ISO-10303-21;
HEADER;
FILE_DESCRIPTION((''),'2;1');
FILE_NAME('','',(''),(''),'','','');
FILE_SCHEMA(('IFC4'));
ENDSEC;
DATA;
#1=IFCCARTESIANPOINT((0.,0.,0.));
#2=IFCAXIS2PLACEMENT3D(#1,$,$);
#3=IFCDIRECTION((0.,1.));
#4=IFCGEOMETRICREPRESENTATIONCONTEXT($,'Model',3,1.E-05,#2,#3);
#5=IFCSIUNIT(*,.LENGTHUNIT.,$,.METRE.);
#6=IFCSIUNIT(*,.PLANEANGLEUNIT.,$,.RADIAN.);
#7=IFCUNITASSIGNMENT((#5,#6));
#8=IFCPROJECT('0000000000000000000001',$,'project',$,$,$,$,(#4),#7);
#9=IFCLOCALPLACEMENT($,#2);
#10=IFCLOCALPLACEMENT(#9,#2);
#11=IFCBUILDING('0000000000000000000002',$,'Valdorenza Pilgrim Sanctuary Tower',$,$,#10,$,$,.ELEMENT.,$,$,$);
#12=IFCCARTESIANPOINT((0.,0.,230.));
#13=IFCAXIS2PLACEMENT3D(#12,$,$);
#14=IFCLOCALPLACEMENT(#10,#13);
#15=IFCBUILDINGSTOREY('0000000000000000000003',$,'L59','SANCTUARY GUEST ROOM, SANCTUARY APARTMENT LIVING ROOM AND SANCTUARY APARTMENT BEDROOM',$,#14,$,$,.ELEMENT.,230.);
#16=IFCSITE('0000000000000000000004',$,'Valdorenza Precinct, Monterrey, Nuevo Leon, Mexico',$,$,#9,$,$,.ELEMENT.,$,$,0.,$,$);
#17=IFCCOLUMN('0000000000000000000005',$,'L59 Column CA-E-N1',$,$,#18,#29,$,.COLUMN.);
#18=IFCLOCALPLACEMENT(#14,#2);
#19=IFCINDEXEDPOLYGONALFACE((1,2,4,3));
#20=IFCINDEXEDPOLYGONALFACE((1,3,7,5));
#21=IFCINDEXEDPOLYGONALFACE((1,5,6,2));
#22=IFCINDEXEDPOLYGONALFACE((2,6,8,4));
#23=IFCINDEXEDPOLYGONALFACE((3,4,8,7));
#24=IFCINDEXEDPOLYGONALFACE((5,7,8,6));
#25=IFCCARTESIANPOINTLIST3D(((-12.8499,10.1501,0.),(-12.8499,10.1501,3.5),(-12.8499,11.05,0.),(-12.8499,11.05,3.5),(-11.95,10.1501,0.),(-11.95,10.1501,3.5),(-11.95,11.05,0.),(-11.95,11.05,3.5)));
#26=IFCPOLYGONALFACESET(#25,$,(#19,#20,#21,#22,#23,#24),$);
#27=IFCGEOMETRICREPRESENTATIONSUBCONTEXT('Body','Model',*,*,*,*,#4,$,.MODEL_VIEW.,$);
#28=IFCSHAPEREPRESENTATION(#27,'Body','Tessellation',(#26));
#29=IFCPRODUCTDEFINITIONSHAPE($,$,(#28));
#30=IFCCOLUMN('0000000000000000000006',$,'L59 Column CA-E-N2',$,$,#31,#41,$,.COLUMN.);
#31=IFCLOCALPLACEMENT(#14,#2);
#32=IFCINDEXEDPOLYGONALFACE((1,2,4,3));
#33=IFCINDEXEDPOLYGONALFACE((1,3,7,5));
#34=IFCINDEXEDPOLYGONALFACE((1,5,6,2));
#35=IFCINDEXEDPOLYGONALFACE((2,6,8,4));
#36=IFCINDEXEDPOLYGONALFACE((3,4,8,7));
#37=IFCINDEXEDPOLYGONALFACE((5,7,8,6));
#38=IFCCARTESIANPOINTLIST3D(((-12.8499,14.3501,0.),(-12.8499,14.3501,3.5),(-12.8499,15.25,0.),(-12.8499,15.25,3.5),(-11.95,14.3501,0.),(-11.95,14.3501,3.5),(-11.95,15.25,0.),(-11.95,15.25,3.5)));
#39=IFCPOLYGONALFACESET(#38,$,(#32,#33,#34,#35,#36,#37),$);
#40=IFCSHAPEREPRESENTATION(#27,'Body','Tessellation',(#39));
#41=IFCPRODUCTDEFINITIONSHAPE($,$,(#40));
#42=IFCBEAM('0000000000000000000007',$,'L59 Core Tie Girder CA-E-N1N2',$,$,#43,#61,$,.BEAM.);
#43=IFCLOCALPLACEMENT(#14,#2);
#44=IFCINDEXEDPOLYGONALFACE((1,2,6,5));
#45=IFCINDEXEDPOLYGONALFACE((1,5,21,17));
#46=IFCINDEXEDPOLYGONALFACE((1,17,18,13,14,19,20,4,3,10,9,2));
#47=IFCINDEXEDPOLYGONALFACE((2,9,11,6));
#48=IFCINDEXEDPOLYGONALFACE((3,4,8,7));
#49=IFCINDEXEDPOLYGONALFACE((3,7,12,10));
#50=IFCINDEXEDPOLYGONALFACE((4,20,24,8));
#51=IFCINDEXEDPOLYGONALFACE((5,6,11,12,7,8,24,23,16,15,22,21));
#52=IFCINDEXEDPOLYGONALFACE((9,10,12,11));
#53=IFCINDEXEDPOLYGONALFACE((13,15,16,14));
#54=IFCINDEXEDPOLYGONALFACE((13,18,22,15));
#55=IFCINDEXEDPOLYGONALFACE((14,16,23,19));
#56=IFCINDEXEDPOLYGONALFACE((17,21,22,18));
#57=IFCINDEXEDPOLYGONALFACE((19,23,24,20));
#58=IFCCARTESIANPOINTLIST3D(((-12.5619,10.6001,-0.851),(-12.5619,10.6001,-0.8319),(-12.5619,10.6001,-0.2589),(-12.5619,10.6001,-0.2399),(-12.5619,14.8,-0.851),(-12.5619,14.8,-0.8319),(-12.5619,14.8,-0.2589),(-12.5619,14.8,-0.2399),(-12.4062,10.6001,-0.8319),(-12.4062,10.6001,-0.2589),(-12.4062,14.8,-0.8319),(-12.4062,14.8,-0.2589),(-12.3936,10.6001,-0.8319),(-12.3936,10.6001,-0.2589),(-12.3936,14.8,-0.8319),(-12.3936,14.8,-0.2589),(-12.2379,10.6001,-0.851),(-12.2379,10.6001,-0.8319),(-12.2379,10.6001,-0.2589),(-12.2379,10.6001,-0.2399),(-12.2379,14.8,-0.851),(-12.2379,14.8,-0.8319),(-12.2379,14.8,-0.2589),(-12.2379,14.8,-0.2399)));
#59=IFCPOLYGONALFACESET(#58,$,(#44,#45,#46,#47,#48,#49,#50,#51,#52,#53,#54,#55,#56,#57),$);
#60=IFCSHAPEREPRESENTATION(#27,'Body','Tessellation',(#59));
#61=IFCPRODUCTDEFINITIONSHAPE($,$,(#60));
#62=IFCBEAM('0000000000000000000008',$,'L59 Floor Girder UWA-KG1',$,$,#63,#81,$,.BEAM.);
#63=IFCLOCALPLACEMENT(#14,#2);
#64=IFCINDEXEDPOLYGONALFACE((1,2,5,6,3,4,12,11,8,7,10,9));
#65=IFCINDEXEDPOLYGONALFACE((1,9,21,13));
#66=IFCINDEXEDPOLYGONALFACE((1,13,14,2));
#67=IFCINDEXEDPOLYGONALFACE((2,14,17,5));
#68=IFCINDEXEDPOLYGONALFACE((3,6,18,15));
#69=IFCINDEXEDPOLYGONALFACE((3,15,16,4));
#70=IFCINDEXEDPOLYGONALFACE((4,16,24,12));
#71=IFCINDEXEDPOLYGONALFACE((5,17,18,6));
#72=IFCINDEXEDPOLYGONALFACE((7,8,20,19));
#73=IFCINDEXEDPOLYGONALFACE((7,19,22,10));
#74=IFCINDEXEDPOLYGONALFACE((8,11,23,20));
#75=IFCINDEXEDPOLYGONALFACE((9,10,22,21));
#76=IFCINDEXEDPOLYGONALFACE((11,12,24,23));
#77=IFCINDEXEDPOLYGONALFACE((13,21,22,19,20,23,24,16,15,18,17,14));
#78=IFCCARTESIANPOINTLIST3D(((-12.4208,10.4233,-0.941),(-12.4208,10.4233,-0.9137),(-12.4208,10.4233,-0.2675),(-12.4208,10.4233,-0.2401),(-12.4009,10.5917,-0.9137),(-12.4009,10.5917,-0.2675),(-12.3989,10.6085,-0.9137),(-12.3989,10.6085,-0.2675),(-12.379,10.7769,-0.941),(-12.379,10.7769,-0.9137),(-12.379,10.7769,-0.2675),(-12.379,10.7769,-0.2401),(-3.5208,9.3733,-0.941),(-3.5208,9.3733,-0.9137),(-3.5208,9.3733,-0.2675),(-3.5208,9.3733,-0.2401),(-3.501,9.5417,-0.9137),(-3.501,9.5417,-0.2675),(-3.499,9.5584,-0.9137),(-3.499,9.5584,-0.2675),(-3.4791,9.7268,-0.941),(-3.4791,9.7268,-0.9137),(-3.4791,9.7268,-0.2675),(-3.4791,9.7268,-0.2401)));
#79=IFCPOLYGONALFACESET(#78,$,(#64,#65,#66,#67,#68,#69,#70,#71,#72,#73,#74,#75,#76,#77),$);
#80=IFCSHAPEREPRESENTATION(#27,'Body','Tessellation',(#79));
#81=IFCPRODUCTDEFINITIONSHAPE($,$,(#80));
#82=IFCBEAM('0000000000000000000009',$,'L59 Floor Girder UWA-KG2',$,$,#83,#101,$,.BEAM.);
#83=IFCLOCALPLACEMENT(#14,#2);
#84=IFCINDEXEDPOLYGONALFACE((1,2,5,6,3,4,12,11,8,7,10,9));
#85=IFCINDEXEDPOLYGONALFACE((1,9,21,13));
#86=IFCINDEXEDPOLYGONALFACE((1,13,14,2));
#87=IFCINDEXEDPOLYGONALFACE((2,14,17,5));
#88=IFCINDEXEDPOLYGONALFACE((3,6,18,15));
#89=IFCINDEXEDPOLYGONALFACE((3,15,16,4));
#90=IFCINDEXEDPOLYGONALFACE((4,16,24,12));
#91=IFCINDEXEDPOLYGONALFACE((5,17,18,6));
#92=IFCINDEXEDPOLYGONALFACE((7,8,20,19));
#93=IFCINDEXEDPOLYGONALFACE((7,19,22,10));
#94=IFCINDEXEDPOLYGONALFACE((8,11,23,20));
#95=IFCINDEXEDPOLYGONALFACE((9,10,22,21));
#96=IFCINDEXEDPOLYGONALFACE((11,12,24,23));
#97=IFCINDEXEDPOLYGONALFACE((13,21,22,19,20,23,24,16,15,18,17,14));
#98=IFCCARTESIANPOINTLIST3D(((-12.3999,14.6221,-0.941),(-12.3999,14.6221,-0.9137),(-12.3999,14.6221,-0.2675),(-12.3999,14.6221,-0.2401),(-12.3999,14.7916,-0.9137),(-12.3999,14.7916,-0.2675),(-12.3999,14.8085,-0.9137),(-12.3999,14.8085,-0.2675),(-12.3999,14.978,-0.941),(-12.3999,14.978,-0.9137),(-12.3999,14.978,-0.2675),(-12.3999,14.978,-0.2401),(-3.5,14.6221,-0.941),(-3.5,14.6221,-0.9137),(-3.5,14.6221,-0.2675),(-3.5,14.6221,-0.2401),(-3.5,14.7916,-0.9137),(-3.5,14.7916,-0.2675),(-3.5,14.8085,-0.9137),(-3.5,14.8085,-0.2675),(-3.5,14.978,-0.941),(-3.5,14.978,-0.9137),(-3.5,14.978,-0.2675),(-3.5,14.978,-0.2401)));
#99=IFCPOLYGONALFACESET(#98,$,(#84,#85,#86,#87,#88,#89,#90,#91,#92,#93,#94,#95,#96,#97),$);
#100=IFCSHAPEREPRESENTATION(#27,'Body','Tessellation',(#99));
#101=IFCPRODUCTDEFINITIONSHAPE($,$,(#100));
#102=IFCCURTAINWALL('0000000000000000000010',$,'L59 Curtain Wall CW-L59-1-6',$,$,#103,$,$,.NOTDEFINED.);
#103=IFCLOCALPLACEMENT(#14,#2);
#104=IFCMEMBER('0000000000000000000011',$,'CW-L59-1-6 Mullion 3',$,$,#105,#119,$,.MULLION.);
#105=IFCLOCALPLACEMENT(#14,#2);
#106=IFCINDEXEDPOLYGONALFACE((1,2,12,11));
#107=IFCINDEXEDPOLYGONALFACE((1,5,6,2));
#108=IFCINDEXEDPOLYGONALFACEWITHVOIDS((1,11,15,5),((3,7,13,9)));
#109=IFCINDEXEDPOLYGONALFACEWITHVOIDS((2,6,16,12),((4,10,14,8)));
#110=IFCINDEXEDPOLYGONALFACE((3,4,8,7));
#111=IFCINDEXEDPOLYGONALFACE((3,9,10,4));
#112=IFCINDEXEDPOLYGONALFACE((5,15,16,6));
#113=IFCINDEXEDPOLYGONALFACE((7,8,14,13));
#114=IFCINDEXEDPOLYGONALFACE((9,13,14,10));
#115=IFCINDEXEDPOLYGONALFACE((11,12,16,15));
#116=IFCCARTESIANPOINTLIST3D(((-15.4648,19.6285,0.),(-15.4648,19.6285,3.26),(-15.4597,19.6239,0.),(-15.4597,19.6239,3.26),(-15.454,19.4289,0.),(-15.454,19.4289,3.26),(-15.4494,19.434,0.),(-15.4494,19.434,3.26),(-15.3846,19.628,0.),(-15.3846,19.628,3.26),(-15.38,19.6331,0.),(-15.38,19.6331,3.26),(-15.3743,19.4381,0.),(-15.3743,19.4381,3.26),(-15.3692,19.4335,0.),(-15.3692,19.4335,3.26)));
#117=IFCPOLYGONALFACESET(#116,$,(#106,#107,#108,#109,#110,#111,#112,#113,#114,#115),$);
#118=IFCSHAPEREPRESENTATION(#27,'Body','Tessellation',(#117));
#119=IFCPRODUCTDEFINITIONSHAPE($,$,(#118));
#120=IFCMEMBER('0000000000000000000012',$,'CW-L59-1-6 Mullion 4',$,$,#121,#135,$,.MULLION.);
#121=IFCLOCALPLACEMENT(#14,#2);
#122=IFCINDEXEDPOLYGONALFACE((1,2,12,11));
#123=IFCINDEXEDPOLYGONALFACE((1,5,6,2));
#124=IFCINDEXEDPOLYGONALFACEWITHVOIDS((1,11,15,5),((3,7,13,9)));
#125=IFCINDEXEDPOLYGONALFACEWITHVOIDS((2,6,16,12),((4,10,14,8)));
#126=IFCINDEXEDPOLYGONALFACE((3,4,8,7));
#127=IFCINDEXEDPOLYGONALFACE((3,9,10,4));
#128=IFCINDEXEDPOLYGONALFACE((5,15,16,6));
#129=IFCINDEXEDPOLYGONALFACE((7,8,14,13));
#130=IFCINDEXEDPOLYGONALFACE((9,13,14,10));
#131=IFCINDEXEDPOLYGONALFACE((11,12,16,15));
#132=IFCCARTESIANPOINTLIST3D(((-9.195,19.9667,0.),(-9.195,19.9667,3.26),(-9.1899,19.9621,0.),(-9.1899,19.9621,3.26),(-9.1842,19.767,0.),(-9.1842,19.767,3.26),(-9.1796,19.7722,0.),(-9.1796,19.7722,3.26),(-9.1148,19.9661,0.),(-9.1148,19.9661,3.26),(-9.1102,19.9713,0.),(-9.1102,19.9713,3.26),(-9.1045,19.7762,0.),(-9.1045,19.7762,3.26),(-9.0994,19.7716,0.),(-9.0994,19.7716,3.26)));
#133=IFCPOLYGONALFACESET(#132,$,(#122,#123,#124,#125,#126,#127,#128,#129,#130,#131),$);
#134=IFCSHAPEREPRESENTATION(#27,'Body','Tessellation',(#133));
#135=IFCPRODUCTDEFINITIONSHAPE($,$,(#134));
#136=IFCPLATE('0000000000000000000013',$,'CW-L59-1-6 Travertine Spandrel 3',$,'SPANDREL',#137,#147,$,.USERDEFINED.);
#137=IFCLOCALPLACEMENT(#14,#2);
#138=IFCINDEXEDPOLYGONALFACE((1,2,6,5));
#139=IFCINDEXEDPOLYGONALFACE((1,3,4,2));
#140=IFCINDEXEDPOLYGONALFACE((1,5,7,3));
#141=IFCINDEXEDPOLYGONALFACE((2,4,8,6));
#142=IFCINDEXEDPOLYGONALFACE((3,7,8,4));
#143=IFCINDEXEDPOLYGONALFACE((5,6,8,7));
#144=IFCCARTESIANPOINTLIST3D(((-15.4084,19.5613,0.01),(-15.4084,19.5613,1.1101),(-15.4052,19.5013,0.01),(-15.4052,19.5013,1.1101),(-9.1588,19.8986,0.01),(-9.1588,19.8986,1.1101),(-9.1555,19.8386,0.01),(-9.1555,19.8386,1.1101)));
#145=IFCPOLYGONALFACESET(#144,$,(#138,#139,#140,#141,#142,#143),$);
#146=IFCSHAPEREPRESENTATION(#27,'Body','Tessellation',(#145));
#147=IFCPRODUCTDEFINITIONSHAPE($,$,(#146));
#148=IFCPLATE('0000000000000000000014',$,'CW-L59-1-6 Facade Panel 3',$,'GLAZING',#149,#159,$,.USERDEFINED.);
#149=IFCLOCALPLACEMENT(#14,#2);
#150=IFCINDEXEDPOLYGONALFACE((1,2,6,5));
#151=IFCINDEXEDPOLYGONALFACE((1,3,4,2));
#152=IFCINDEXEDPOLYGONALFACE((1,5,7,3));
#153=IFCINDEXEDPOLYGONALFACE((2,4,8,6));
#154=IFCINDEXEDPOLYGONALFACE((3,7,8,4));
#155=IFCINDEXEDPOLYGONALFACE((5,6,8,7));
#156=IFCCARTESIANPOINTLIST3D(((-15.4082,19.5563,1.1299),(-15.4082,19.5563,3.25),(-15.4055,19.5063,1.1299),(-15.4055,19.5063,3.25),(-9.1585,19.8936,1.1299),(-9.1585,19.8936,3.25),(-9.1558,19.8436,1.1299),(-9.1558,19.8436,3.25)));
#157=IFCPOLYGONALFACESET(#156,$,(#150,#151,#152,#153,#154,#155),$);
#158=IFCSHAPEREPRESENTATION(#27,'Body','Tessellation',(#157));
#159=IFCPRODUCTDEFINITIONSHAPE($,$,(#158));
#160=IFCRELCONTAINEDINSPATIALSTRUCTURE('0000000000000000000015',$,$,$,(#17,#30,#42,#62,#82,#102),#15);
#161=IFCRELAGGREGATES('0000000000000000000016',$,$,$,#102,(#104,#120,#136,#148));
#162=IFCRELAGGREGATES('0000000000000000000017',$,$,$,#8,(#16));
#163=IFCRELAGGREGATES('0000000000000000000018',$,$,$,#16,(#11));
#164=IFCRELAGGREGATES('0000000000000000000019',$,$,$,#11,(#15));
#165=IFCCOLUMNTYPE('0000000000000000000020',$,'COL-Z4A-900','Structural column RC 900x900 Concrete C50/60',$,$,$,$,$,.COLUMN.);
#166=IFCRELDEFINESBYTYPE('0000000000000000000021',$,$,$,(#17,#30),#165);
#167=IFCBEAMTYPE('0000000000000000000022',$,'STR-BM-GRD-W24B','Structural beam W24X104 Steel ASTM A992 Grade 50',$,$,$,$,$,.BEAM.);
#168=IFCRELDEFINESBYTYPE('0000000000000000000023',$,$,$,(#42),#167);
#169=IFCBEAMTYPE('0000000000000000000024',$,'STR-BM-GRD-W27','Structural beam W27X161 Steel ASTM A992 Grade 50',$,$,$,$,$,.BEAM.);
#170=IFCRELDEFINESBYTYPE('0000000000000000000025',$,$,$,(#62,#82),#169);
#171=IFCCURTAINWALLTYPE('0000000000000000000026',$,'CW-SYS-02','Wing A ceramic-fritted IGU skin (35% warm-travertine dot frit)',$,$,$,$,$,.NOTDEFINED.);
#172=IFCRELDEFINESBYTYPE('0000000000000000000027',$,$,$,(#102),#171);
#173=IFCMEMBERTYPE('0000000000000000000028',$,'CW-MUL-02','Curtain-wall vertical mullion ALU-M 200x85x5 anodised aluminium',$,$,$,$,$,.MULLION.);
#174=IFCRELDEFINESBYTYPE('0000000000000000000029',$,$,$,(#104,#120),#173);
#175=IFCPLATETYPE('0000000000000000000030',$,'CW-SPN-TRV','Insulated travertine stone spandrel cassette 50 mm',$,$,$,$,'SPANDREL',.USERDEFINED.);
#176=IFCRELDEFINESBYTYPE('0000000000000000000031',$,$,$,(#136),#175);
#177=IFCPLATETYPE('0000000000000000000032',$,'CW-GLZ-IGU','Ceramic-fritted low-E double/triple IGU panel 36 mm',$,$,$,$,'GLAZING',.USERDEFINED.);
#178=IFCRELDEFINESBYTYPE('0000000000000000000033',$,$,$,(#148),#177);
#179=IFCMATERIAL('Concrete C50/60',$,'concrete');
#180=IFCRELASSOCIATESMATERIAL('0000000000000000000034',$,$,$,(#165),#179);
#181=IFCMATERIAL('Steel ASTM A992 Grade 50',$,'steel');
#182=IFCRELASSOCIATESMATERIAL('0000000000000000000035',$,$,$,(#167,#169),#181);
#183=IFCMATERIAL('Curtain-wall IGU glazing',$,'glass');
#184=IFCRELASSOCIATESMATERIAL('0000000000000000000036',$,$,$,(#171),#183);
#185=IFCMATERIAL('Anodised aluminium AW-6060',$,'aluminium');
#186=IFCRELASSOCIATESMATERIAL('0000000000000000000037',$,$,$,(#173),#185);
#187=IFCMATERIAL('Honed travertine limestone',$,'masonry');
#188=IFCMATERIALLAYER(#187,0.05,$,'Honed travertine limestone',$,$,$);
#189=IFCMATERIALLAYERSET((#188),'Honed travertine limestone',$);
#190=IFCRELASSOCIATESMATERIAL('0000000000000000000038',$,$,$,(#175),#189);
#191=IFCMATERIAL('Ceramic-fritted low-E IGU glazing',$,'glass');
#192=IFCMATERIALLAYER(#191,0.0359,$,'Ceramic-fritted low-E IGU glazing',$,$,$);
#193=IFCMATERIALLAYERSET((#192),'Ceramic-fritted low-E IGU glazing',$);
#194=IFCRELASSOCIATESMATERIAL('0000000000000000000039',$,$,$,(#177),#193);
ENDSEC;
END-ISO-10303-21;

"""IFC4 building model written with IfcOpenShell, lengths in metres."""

from ifc_helpers import new_model, si_unit, direction, frame, origin, origin_2d, place, context, subcontext, project, spatial, rectangle, hollow_rectangle, i_section, extrude, source, transform, mapped, material, layer, layer_set, material_profile, profile_set, type_object, element, aggregate, save


model = new_model("IFC4")

# Units and contexts
model_context = context("Model", 3, precision=1e-05, world=origin(), true_north=direction((0.0, 1.0)))
body_context = subcontext(model_context, "Body", "Model", "MODEL_VIEW")
ifc_project = project(units=[si_unit("LENGTHUNIT", "METRE"), si_unit("PLANEANGLEUNIT", "RADIAN")], contexts=[model_context])

# Site, building, storey
site_placement = place(None, origin())
site = spatial("IfcSite", under=ifc_project, at=site_placement, Name="Valdorenza Precinct, Monterrey, Nuevo Leon, Mexico", CompositionType="ELEMENT", RefElevation=0.0)
building_placement = place(site_placement, origin())
building = spatial("IfcBuilding", under=site, at=building_placement, Name="Valdorenza Pilgrim Sanctuary Tower", CompositionType="ELEMENT")
storey_placement = place(building_placement, frame((0.0, 0.0, 230.0)))
storey = spatial("IfcBuildingStorey", under=building, at=storey_placement, Name="L59", Description="SANCTUARY GUEST ROOM, SANCTUARY APARTMENT LIVING ROOM AND SANCTUARY APARTMENT BEDROOM", CompositionType="ELEMENT", Elevation=230.0)

# Columns
ifc_material_1 = material(Name="Concrete C50/60", Category="concrete")
ifc_material_profile_1 = material_profile(ifc_material_1, rectangle(XDim=0.8999, YDim=0.8999, at=origin_2d()), Name="RC 900x900")
ifc_profile_set_1 = profile_set([ifc_material_profile_1], Name="Concrete C50/60")
column_type = type_object("IfcColumnType", Name="COL-Z4A-900", Description="Structural column RC 900x900 Concrete C50/60", PredefinedType="COLUMN", material=ifc_profile_set_1)
shared_shape_1 = source(origin(), body_context, "Body", "SweptSolid", [
    extrude(rectangle(XDim=0.8999, YDim=0.8999, at=origin_2d()), origin(), (0.0, 0.0, 1.0), 3.5),
])
for number, where, z_axis, x_axis, name in (
    (1, (-12.3999, 10.6001, 0.0), (0.0, 0.0, 1.0), (1.0, 0.0, 0.0), "L59 Column CA-E-N1"),
    (2, (-12.3999, 14.8, 0.0), (0.0, 0.0, 1.0), (1.0, 0.0, 0.0), "L59 Column CA-E-N2"),
):
    element("IfcColumn", number, at=place(storey_placement, frame(where, z_axis=z_axis, x_axis=x_axis)), inside=storey, type_object=column_type, Name=name, PredefinedType="COLUMN", context=body_context, shape_type="MappedRepresentation", body=[
        mapped(shared_shape_1, transform((0.0, 0.0, 0.0), x_axis=(1.0, 0.0, 0.0), y_axis=(0.0, 1.0, 0.0), z_axis=(0.0, 0.0, 1.0), scale=1.0)),
    ])

# Beams
ifc_material_2 = material(Name="Steel ASTM A992 Grade 50", Category="steel")
ifc_material_profile_2 = material_profile(ifc_material_2, i_section(OverallWidth=0.324, OverallDepth=0.6111, WebThickness=0.0127, FlangeThickness=0.019, at=origin_2d()), Name="W24X104")
ifc_profile_set_2 = profile_set([ifc_material_profile_2], Name="Steel ASTM A992 Grade 50")
beam_type_1 = type_object("IfcBeamType", Name="STR-BM-GRD-W24B", Description="Structural beam W24X104 Steel ASTM A992 Grade 50", PredefinedType="BEAM", material=ifc_profile_set_2)
shared_shape_2 = source(origin(), body_context, "Body", "SweptSolid", [
    extrude(i_section(OverallWidth=0.324, OverallDepth=0.6111, WebThickness=0.0127, FlangeThickness=0.019, at=origin_2d()), origin(), (0.0, 0.0, 1.0), 4.2),
])
beam_1_placement = place(storey_placement, frame((-12.3999, 10.6001, -0.5454), z_axis=(0.0, 1.0, 0.0), x_axis=(-1.0, 0.0, 0.0)))
element("IfcBeam", 3, at=beam_1_placement, inside=storey, type_object=beam_type_1, Name="L59 Core Tie Girder CA-E-N1N2", PredefinedType="BEAM", context=body_context, shape_type="MappedRepresentation", body=[
    mapped(shared_shape_2, transform((0.0, 0.0, 0.0), x_axis=(1.0, 0.0, 0.0), y_axis=(0.0, 1.0, 0.0), z_axis=(0.0, 0.0, 1.0), scale=1.0)),
])
ifc_material_profile_3 = material_profile(ifc_material_2, i_section(OverallWidth=0.356, OverallDepth=0.7009, WebThickness=0.0168, FlangeThickness=0.0273, at=origin_2d()), Name="W27X161")
ifc_profile_set_3 = profile_set([ifc_material_profile_3], Name="Steel ASTM A992 Grade 50")
beam_type_2 = type_object("IfcBeamType", Name="STR-BM-GRD-W27", Description="Structural beam W27X161 Steel ASTM A992 Grade 50", PredefinedType="BEAM", material=ifc_profile_set_3)
shared_shape_3 = source(origin(), body_context, "Body", "SweptSolid", [
    extrude(i_section(OverallWidth=0.356, OverallDepth=0.7009, WebThickness=0.0168, FlangeThickness=0.0273, at=origin_2d()), origin(), (0.0, 0.0, 1.0), 8.9617),
])
beam_2_placement = place(storey_placement, frame((-12.3999, 10.6001, -0.5906), z_axis=(0.993112, -0.117172, 0.0), x_axis=(0.117172, 0.993112, 0.0)))
element("IfcBeam", 4, at=beam_2_placement, inside=storey, type_object=beam_type_2, Name="L59 Floor Girder UWA-KG1", PredefinedType="BEAM", context=body_context, shape_type="MappedRepresentation", body=[
    mapped(shared_shape_3, transform((0.0, 0.0, 0.0), x_axis=(1.0, 0.0, 0.0), y_axis=(0.0, 1.0, 0.0), z_axis=(0.0, 0.0, 1.0), scale=1.0)),
])
shared_shape_4 = source(origin(), body_context, "Body", "SweptSolid", [
    extrude(i_section(OverallWidth=0.356, OverallDepth=0.7009, WebThickness=0.0168, FlangeThickness=0.0273, at=origin_2d()), origin(), (0.0, 0.0, 1.0), 8.8999),
])
beam_3_placement = place(storey_placement, frame((-12.3999, 14.8, -0.5906), z_axis=(1.0, 0.0, 0.0), x_axis=(0.0, 1.0, 0.0)))
element("IfcBeam", 5, at=beam_3_placement, inside=storey, type_object=beam_type_2, Name="L59 Floor Girder UWA-KG2", PredefinedType="BEAM", context=body_context, shape_type="MappedRepresentation", body=[
    mapped(shared_shape_4, transform((0.0, 0.0, 0.0), x_axis=(1.0, 0.0, 0.0), y_axis=(0.0, 1.0, 0.0), z_axis=(0.0, 0.0, 1.0), scale=1.0)),
])

# Curtain wall, members, plates
ifc_material_3 = material(Name="Curtain-wall IGU glazing", Category="glass")
curtain_wall_type = type_object("IfcCurtainWallType", Name="CW-SYS-02", Description="Wing A ceramic-fritted IGU skin (35% warm-travertine dot frit)", PredefinedType="NOTDEFINED", material=ifc_material_3)
curtain_wall_placement = place(storey_placement, origin())
curtain_wall = element("IfcCurtainWall", 6, at=curtain_wall_placement, inside=storey, type_object=curtain_wall_type, Name="L59 Curtain Wall CW-L59-1-6", PredefinedType="NOTDEFINED")
ifc_material_4 = material(Name="Anodised aluminium AW-6060", Category="aluminium")
ifc_material_profile_4 = material_profile(ifc_material_4, hollow_rectangle(XDim=0.085, YDim=0.2, WallThickness=0.0049, at=origin_2d()), Name="ALU-M 200x85x5")
ifc_profile_set_4 = profile_set([ifc_material_profile_4], Name="Anodised aluminium AW-6060")
member_type = type_object("IfcMemberType", Name="CW-MUL-02", Description="Curtain-wall vertical mullion ALU-M 200x85x5 anodised aluminium", PredefinedType="MULLION", material=ifc_profile_set_4)
shared_shape_5 = source(origin(), body_context, "Body", "SweptSolid", [
    extrude(hollow_rectangle(XDim=0.085, YDim=0.2, WallThickness=0.0049, at=origin_2d()), origin(), (0.0, 0.0, 1.0), 3.26),
])
member_1_placement = place(storey_placement, frame((-15.417, 19.531, 0.0), z_axis=(0.0, 0.0, 1.0), x_axis=(0.998547, 0.053887, 0.0)))
member_1 = element("IfcMember", 7, at=member_1_placement, type_object=member_type, Name="CW-L59-1-6 Mullion 3", PredefinedType="MULLION", context=body_context, shape_type="MappedRepresentation", body=[
    mapped(shared_shape_5, transform((0.0, 0.0, 0.0), x_axis=(1.0, 0.0, 0.0), y_axis=(0.0, 1.0, 0.0), z_axis=(0.0, 0.0, 1.0), scale=1.0)),
])
member_2_placement = place(storey_placement, frame((-9.1472, 19.8691, 0.0), z_axis=(0.0, 0.0, 1.0), x_axis=(0.998547, 0.053887, 0.0)))
member_2 = element("IfcMember", 8, at=member_2_placement, type_object=member_type, Name="CW-L59-1-6 Mullion 4", PredefinedType="MULLION", context=body_context, shape_type="MappedRepresentation", body=[
    mapped(shared_shape_5, transform((0.0, 0.0, 0.0), x_axis=(1.0, 0.0, 0.0), y_axis=(0.0, 1.0, 0.0), z_axis=(0.0, 0.0, 1.0), scale=1.0)),
])
ifc_material_5 = material(Name="Honed travertine limestone", Category="masonry")
ifc_layer_1 = layer(ifc_material_5, 0.05, Name="Honed travertine limestone")
ifc_layer_set_1 = layer_set([ifc_layer_1], Name="Honed travertine limestone")
plate_type_1 = type_object("IfcPlateType", Name="CW-SPN-TRV", Description="Insulated travertine stone spandrel cassette 50 mm", ElementType="SPANDREL", PredefinedType="USERDEFINED", material=ifc_layer_set_1)
shared_shape_6 = source(origin(), body_context, "Body", "SweptSolid", [
    extrude(rectangle(XDim=6.2588, YDim=0.0601, at=origin_2d()), origin(), (0.0, 0.0, 1.0), 1.1001),
])
plate_1_placement = place(storey_placement, frame((-12.282, 19.7, 0.01), z_axis=(0.0, 0.0, 1.0), x_axis=(0.998547, 0.053887, 0.0)))
plate_1 = element("IfcPlate", 9, at=plate_1_placement, type_object=plate_type_1, Name="CW-L59-1-6 Travertine Spandrel 3", ObjectType="SPANDREL", PredefinedType="USERDEFINED", context=body_context, shape_type="MappedRepresentation", body=[
    mapped(shared_shape_6, transform((0.0, 0.0, 0.0), x_axis=(1.0, 0.0, 0.0), y_axis=(0.0, 1.0, 0.0), z_axis=(0.0, 0.0, 1.0), scale=1.0)),
])
ifc_material_6 = material(Name="Ceramic-fritted low-E IGU glazing", Category="glass")
ifc_layer_2 = layer(ifc_material_6, 0.0359, Name="Ceramic-fritted low-E IGU glazing")
ifc_layer_set_2 = layer_set([ifc_layer_2], Name="Ceramic-fritted low-E IGU glazing")
plate_type_2 = type_object("IfcPlateType", Name="CW-GLZ-IGU", Description="Ceramic-fritted low-E double/triple IGU panel 36 mm", ElementType="GLAZING", PredefinedType="USERDEFINED", material=ifc_layer_set_2)
shared_shape_7 = source(origin(), body_context, "Body", "SweptSolid", [
    extrude(rectangle(XDim=6.2588, YDim=0.05, at=origin_2d()), origin(), (0.0, 0.0, 1.0), 2.1201),
])
plate_2_placement = place(storey_placement, frame((-12.282, 19.7, 1.1299), z_axis=(0.0, 0.0, 1.0), x_axis=(0.998547, 0.053887, 0.0)))
plate_2 = element("IfcPlate", 10, at=plate_2_placement, type_object=plate_type_2, Name="CW-L59-1-6 Facade Panel 3", ObjectType="GLAZING", PredefinedType="USERDEFINED", context=body_context, shape_type="MappedRepresentation", body=[
    mapped(shared_shape_7, transform((0.0, 0.0, 0.0), x_axis=(1.0, 0.0, 0.0), y_axis=(0.0, 1.0, 0.0), z_axis=(0.0, 0.0, 1.0), scale=1.0)),
])
aggregate(curtain_wall, [member_1, member_2, plate_1, plate_2])

save(model, "model.ifc")
